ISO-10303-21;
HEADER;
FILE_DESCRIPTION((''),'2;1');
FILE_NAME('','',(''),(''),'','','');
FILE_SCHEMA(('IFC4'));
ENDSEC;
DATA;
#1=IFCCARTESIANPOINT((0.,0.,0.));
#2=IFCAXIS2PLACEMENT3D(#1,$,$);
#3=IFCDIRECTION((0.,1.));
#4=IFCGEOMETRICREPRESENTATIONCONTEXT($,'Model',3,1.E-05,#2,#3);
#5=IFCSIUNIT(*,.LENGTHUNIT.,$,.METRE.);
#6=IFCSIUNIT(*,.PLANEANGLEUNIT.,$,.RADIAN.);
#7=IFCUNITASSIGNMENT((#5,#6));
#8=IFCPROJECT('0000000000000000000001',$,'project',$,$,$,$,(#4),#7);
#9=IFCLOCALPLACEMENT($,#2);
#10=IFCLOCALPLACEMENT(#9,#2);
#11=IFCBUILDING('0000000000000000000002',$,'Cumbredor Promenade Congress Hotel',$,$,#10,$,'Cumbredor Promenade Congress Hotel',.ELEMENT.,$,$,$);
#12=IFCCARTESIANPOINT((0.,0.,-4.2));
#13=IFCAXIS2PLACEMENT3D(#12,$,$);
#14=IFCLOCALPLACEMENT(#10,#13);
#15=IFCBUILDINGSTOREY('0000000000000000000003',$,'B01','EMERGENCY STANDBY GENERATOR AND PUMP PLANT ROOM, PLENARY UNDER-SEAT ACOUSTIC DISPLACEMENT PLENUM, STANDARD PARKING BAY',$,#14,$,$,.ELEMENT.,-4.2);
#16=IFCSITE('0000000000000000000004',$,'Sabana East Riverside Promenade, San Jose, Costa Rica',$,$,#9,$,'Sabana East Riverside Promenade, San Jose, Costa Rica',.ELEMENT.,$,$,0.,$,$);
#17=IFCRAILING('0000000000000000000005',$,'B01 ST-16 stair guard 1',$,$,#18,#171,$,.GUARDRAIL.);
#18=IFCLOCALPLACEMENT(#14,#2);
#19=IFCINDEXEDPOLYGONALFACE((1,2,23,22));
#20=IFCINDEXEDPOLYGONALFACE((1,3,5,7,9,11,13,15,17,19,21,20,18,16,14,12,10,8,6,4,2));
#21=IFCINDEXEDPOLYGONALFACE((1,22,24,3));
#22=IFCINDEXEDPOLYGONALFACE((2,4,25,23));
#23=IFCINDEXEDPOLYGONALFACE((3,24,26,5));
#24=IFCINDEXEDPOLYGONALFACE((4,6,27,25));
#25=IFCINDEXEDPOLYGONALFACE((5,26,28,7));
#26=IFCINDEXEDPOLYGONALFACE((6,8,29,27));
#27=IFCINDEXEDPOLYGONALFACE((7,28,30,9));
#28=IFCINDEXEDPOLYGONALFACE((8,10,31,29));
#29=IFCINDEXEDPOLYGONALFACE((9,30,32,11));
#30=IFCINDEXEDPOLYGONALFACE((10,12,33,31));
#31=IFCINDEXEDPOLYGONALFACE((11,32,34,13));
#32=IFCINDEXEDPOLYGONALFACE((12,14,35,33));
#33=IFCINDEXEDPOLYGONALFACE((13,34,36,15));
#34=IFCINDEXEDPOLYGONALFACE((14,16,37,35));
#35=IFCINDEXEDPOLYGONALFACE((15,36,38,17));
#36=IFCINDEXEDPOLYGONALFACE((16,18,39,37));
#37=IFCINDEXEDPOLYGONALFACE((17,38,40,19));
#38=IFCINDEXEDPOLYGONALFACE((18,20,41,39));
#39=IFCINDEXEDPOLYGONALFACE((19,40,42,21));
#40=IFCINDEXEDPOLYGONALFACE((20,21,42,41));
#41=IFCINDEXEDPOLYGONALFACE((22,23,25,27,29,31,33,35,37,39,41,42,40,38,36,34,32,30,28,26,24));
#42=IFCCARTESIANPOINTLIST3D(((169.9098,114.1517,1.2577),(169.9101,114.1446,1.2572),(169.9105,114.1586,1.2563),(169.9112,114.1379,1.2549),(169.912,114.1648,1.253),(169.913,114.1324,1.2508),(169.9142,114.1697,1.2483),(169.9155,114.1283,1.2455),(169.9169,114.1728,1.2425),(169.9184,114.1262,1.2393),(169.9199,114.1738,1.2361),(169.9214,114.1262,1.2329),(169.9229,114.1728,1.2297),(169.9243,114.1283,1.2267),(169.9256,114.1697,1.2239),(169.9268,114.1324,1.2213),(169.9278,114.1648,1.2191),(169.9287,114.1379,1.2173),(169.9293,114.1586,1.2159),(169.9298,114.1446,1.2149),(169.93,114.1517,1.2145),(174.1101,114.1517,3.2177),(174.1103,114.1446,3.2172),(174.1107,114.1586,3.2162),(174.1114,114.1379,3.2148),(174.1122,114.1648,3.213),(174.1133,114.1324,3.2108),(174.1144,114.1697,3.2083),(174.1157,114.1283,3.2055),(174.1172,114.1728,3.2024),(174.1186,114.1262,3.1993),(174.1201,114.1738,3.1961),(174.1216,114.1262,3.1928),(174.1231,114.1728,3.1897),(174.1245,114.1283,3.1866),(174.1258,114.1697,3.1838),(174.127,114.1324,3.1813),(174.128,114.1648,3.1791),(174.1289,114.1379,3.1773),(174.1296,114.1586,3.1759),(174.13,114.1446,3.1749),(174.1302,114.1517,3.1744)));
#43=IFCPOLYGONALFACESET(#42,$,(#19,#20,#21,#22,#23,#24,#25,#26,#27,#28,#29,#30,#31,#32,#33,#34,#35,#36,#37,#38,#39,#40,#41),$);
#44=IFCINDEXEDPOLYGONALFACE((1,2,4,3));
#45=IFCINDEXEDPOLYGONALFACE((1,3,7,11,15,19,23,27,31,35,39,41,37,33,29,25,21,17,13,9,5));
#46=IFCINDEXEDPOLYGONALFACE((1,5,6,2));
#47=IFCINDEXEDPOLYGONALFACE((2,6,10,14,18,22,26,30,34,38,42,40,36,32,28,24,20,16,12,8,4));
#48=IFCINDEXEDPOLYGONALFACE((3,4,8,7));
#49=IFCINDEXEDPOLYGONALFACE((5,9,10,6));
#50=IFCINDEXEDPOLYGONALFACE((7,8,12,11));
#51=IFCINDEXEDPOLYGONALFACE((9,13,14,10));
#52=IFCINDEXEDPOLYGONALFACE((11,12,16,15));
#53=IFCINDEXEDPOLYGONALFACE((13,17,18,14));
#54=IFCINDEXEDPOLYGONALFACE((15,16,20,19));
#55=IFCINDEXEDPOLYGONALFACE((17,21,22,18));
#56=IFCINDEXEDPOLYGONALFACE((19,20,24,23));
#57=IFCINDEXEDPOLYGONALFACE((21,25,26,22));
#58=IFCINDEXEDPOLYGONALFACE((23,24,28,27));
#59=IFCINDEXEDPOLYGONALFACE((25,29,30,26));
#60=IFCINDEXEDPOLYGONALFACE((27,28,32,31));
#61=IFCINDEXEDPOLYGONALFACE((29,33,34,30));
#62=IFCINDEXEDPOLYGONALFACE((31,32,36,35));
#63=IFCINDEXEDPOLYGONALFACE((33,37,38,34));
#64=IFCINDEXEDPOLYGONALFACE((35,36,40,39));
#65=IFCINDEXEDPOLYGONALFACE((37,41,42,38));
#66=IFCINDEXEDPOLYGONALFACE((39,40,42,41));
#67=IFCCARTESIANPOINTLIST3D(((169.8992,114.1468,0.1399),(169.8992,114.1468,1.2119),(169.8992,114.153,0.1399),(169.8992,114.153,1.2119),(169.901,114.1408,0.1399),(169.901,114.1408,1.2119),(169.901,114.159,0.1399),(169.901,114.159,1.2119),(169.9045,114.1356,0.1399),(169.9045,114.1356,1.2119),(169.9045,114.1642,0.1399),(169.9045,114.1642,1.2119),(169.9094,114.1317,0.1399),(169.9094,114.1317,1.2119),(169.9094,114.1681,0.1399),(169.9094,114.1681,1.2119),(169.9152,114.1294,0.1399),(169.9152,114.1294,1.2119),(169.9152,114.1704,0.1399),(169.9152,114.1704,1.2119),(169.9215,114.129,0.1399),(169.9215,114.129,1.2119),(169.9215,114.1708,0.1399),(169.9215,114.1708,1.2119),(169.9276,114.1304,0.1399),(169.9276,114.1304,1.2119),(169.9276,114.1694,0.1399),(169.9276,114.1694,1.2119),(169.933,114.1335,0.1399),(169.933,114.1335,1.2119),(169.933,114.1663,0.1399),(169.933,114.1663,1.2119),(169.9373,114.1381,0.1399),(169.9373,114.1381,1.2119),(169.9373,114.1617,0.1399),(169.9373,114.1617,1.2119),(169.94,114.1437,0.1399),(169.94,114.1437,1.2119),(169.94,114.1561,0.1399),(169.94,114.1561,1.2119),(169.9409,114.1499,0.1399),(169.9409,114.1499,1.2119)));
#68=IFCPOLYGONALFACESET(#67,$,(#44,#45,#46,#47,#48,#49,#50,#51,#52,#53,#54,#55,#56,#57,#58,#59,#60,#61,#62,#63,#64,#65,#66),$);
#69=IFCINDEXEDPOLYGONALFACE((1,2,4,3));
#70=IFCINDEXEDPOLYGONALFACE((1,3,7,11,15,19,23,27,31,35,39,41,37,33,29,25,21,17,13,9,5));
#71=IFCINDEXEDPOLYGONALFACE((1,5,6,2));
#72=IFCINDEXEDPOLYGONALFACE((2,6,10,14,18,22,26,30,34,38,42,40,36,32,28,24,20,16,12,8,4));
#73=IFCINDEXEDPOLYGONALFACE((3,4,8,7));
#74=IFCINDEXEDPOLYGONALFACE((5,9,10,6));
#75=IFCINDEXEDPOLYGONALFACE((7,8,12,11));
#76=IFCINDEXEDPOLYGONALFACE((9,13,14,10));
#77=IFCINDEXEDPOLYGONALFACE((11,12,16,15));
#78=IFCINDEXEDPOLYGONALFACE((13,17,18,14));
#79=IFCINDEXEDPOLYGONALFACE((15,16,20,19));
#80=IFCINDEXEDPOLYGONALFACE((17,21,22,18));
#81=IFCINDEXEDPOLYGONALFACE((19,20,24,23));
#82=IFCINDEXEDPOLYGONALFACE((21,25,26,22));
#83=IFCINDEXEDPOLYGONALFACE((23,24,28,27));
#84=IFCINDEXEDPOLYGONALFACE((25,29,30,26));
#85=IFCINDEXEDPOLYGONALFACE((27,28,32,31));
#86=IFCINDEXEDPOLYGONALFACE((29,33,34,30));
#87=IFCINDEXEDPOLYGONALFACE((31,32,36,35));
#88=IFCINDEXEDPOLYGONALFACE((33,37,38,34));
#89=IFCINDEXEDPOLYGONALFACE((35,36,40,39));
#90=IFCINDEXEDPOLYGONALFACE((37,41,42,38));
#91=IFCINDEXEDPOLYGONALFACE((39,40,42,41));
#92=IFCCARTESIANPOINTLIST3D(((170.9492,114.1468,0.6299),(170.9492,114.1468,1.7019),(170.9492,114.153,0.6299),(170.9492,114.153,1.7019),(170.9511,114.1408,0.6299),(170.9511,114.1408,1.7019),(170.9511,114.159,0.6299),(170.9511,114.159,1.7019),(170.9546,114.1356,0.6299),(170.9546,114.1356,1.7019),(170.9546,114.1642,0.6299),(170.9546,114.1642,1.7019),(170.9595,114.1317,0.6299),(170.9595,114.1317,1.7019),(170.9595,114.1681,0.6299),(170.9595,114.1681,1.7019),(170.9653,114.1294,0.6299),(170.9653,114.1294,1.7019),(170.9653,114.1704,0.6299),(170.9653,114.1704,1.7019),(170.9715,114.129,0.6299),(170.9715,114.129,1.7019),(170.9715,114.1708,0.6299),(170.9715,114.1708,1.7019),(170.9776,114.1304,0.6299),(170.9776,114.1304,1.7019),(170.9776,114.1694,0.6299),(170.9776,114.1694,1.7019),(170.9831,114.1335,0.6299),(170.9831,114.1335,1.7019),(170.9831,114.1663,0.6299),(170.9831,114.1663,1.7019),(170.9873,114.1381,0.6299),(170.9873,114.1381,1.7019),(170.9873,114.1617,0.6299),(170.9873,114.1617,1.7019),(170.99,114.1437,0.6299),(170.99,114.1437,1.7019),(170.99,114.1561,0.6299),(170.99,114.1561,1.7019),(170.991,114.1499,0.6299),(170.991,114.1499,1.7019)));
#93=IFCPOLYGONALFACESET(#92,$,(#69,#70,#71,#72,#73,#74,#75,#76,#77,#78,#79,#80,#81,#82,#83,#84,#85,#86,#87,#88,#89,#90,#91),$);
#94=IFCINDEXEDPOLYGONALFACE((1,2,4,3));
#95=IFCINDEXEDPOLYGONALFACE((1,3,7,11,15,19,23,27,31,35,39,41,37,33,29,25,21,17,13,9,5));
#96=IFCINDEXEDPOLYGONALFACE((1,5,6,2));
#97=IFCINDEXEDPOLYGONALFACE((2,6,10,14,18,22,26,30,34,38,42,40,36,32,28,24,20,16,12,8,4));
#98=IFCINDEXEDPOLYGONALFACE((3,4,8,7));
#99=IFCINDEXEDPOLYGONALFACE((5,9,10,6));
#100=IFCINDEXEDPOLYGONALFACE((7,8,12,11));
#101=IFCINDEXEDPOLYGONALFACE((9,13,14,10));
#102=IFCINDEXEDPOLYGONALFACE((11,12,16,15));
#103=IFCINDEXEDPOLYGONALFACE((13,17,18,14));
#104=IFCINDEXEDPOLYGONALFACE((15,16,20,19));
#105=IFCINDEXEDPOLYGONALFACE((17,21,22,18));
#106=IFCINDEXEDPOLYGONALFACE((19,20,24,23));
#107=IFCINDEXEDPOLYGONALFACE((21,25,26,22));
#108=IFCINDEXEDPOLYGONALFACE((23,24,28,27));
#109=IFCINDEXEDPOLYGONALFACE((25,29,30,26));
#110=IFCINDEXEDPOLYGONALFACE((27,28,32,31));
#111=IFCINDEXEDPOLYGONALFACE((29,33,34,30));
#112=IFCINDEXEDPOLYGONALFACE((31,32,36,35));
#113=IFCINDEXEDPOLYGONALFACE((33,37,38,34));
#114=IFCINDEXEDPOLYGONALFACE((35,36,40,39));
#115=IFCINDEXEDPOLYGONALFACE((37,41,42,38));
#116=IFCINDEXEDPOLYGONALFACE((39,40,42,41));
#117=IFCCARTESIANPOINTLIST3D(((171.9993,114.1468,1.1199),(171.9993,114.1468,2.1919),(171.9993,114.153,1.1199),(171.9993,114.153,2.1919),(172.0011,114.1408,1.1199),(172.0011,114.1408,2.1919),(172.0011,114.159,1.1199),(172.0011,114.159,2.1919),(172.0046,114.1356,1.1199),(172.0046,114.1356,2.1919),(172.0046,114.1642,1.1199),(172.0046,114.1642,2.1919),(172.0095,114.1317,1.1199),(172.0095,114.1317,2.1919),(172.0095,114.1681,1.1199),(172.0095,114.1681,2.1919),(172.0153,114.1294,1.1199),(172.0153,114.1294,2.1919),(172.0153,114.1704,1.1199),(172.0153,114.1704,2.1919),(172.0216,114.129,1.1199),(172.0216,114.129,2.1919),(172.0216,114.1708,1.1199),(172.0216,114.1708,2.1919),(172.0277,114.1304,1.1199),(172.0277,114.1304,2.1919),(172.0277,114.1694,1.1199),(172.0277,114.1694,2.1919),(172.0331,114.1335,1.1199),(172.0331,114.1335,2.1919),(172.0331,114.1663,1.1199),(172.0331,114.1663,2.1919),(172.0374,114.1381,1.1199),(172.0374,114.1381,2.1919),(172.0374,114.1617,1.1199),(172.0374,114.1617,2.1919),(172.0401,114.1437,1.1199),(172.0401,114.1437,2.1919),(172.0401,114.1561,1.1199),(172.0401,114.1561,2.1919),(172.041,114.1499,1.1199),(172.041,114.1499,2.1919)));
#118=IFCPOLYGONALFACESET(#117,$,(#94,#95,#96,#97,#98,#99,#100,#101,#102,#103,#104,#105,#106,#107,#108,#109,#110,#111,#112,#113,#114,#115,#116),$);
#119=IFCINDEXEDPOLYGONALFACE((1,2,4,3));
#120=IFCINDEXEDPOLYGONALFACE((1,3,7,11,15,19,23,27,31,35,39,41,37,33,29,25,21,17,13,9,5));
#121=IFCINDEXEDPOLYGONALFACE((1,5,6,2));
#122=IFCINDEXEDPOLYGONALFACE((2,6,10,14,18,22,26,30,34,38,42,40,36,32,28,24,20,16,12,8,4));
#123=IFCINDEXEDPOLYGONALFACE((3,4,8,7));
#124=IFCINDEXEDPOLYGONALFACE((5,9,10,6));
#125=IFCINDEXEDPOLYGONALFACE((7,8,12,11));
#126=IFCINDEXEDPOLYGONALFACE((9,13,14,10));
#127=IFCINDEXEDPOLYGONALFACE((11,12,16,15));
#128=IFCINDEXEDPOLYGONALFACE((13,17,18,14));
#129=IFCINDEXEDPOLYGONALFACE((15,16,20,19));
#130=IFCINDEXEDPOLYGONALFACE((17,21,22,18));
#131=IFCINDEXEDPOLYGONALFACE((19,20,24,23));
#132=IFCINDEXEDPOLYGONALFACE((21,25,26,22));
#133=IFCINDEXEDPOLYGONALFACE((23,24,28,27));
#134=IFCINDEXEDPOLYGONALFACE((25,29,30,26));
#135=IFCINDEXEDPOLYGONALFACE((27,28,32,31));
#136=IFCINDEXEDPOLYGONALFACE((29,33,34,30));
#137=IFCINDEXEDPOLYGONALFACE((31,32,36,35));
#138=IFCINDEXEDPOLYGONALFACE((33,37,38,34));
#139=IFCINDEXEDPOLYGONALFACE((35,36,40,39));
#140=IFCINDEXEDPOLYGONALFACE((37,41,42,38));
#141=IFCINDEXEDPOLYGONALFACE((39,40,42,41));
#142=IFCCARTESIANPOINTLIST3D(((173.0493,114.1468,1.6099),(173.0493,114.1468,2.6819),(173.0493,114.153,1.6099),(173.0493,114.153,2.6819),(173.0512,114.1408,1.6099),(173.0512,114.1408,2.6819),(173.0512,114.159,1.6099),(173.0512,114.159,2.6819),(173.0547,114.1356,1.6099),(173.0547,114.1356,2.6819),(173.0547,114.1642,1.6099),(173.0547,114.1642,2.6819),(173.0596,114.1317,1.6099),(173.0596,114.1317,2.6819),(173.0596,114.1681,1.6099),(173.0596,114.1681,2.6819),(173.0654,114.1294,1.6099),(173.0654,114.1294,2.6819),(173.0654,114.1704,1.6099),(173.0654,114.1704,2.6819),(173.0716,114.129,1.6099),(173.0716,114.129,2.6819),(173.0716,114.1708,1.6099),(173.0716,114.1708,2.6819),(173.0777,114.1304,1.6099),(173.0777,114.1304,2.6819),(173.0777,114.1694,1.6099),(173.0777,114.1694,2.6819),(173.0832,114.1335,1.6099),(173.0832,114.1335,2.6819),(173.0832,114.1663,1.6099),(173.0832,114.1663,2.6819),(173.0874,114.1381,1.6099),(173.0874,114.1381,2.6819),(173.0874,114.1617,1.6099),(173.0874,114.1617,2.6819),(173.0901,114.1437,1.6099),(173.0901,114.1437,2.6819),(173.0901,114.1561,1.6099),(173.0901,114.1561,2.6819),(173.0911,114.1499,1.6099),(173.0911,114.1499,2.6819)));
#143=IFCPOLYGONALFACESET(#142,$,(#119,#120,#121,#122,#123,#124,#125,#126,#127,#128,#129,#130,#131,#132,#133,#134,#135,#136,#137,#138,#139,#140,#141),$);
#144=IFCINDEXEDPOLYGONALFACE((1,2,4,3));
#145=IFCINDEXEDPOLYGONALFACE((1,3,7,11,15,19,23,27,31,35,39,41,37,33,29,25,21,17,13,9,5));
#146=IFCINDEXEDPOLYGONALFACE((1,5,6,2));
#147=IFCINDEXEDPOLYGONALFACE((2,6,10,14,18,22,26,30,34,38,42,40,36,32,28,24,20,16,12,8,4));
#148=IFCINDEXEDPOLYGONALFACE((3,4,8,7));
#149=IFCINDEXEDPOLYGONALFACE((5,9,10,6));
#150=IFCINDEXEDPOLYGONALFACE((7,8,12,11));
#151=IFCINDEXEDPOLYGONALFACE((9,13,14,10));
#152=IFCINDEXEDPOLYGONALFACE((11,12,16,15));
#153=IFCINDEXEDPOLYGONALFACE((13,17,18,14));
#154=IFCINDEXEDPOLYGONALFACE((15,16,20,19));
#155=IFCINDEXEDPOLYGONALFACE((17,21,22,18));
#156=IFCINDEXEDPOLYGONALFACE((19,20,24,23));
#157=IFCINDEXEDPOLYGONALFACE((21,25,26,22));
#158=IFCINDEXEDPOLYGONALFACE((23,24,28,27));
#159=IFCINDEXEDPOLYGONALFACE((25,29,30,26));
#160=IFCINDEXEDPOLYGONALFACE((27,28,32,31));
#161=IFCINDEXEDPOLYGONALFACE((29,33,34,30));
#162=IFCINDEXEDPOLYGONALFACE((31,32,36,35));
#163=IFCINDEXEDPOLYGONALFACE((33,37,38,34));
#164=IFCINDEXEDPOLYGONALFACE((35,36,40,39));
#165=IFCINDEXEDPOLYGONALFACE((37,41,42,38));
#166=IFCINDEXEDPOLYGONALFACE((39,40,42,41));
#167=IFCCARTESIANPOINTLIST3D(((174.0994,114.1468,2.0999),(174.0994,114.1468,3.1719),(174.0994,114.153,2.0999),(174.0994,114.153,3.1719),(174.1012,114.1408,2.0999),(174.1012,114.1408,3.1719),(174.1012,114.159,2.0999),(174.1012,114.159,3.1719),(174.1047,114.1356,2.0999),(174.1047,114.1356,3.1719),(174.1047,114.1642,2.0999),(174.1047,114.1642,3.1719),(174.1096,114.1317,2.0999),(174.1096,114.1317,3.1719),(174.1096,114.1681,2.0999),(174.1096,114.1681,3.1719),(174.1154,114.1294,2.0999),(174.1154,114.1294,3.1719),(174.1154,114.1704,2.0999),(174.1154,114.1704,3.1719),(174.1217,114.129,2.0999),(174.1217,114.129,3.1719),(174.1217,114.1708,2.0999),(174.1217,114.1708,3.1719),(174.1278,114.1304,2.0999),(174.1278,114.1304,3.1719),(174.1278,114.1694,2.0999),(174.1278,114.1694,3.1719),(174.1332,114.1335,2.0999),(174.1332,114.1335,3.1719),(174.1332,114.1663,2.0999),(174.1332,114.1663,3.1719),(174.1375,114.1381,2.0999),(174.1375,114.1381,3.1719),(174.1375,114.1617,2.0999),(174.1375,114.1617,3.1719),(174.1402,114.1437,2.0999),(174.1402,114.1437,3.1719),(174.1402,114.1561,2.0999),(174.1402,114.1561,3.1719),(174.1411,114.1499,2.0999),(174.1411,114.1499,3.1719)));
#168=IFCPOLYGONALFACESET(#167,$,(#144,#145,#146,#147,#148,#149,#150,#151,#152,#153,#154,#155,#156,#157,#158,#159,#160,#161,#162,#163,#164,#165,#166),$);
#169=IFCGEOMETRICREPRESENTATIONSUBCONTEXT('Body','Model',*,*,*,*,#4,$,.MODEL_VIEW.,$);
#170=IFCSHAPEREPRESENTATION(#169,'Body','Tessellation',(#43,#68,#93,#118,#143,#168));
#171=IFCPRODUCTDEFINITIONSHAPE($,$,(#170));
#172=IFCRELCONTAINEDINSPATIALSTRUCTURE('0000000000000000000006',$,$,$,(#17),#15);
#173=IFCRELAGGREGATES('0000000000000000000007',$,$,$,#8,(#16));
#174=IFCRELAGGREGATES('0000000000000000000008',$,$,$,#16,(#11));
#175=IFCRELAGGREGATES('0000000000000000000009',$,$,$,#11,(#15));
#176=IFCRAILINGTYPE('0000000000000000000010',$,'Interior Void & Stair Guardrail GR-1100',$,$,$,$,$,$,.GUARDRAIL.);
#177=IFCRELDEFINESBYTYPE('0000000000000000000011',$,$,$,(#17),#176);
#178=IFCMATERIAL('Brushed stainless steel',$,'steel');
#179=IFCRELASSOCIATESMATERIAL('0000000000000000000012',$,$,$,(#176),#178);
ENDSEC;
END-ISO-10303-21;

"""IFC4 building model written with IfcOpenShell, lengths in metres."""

from ifc_helpers import new_model, si_unit, direction, frame, origin, origin_2d, place, context, subcontext, project, spatial, circle, extrude, material, type_object, element, save


model = new_model("IFC4")

# Units and contexts
model_context = context("Model", 3, precision=1e-05, world=origin(), true_north=direction((0.0, 1.0)))
body_context = subcontext(model_context, "Body", "Model", "MODEL_VIEW")
ifc_project = project(units=[si_unit("LENGTHUNIT", "METRE"), si_unit("PLANEANGLEUNIT", "RADIAN")], contexts=[model_context])

# Site, building, storey
site_placement = place(None, origin())
site = spatial("IfcSite", under=ifc_project, at=site_placement, Name="Sabana East Riverside Promenade, San Jose, Costa Rica", LongName="Sabana East Riverside Promenade, San Jose, Costa Rica", CompositionType="ELEMENT", RefElevation=0.0)
building_placement = place(site_placement, origin())
building = spatial("IfcBuilding", under=site, at=building_placement, Name="Cumbredor Promenade Congress Hotel", LongName="Cumbredor Promenade Congress Hotel", CompositionType="ELEMENT")
storey_placement = place(building_placement, frame((0.0, 0.0, -4.2)))
storey = spatial("IfcBuildingStorey", under=building, at=storey_placement, Name="B01", Description="EMERGENCY STANDBY GENERATOR AND PUMP PLANT ROOM, PLENARY UNDER-SEAT ACOUSTIC DISPLACEMENT PLENUM, STANDARD PARKING BAY", CompositionType="ELEMENT", Elevation=-4.2)

# Railing
ifc_material_1 = material(Name="Brushed stainless steel", Category="steel")
railing_type_1 = type_object("IfcRailingType", Name="Interior Void & Stair Guardrail GR-1100", PredefinedType="GUARDRAIL", material=ifc_material_1)
railing_1_placement = place(storey_placement, frame((169.9199, 114.1499, 0.1399)))
element("IfcRailing", 1, at=railing_1_placement, inside=storey, type_object=railing_type_1, Name="B01 ST-16 stair guard 1", PredefinedType="GUARDRAIL", context=body_context, shape_type="SweptSolid", body=[
    extrude(circle(Radius=0.0239, at=origin_2d()), frame((0.0, 0.0, 1.0962), z_axis=(0.906194, 0.0, 0.422862), x_axis=(0.0, 1.0, 0.0)), (0.0, 0.0, 1.0), 4.635),
    extrude(circle(Radius=0.021, at=origin_2d()), origin(), (0.0, 0.0, 1.0), 1.072),
    extrude(circle(Radius=0.021, at=origin_2d()), frame((1.05, 0.0, 0.49)), (0.0, 0.0, 1.0), 1.072),
    extrude(circle(Radius=0.021, at=origin_2d()), frame((2.1001, 0.0, 0.98)), (0.0, 0.0, 1.0), 1.072),
    extrude(circle(Radius=0.021, at=origin_2d()), frame((3.1501, 0.0, 1.47)), (0.0, 0.0, 1.0), 1.072),
    extrude(circle(Radius=0.021, at=origin_2d()), frame((4.2002, 0.0, 1.96)), (0.0, 0.0, 1.0), 1.072),
])

save(model, "model.ifc")
